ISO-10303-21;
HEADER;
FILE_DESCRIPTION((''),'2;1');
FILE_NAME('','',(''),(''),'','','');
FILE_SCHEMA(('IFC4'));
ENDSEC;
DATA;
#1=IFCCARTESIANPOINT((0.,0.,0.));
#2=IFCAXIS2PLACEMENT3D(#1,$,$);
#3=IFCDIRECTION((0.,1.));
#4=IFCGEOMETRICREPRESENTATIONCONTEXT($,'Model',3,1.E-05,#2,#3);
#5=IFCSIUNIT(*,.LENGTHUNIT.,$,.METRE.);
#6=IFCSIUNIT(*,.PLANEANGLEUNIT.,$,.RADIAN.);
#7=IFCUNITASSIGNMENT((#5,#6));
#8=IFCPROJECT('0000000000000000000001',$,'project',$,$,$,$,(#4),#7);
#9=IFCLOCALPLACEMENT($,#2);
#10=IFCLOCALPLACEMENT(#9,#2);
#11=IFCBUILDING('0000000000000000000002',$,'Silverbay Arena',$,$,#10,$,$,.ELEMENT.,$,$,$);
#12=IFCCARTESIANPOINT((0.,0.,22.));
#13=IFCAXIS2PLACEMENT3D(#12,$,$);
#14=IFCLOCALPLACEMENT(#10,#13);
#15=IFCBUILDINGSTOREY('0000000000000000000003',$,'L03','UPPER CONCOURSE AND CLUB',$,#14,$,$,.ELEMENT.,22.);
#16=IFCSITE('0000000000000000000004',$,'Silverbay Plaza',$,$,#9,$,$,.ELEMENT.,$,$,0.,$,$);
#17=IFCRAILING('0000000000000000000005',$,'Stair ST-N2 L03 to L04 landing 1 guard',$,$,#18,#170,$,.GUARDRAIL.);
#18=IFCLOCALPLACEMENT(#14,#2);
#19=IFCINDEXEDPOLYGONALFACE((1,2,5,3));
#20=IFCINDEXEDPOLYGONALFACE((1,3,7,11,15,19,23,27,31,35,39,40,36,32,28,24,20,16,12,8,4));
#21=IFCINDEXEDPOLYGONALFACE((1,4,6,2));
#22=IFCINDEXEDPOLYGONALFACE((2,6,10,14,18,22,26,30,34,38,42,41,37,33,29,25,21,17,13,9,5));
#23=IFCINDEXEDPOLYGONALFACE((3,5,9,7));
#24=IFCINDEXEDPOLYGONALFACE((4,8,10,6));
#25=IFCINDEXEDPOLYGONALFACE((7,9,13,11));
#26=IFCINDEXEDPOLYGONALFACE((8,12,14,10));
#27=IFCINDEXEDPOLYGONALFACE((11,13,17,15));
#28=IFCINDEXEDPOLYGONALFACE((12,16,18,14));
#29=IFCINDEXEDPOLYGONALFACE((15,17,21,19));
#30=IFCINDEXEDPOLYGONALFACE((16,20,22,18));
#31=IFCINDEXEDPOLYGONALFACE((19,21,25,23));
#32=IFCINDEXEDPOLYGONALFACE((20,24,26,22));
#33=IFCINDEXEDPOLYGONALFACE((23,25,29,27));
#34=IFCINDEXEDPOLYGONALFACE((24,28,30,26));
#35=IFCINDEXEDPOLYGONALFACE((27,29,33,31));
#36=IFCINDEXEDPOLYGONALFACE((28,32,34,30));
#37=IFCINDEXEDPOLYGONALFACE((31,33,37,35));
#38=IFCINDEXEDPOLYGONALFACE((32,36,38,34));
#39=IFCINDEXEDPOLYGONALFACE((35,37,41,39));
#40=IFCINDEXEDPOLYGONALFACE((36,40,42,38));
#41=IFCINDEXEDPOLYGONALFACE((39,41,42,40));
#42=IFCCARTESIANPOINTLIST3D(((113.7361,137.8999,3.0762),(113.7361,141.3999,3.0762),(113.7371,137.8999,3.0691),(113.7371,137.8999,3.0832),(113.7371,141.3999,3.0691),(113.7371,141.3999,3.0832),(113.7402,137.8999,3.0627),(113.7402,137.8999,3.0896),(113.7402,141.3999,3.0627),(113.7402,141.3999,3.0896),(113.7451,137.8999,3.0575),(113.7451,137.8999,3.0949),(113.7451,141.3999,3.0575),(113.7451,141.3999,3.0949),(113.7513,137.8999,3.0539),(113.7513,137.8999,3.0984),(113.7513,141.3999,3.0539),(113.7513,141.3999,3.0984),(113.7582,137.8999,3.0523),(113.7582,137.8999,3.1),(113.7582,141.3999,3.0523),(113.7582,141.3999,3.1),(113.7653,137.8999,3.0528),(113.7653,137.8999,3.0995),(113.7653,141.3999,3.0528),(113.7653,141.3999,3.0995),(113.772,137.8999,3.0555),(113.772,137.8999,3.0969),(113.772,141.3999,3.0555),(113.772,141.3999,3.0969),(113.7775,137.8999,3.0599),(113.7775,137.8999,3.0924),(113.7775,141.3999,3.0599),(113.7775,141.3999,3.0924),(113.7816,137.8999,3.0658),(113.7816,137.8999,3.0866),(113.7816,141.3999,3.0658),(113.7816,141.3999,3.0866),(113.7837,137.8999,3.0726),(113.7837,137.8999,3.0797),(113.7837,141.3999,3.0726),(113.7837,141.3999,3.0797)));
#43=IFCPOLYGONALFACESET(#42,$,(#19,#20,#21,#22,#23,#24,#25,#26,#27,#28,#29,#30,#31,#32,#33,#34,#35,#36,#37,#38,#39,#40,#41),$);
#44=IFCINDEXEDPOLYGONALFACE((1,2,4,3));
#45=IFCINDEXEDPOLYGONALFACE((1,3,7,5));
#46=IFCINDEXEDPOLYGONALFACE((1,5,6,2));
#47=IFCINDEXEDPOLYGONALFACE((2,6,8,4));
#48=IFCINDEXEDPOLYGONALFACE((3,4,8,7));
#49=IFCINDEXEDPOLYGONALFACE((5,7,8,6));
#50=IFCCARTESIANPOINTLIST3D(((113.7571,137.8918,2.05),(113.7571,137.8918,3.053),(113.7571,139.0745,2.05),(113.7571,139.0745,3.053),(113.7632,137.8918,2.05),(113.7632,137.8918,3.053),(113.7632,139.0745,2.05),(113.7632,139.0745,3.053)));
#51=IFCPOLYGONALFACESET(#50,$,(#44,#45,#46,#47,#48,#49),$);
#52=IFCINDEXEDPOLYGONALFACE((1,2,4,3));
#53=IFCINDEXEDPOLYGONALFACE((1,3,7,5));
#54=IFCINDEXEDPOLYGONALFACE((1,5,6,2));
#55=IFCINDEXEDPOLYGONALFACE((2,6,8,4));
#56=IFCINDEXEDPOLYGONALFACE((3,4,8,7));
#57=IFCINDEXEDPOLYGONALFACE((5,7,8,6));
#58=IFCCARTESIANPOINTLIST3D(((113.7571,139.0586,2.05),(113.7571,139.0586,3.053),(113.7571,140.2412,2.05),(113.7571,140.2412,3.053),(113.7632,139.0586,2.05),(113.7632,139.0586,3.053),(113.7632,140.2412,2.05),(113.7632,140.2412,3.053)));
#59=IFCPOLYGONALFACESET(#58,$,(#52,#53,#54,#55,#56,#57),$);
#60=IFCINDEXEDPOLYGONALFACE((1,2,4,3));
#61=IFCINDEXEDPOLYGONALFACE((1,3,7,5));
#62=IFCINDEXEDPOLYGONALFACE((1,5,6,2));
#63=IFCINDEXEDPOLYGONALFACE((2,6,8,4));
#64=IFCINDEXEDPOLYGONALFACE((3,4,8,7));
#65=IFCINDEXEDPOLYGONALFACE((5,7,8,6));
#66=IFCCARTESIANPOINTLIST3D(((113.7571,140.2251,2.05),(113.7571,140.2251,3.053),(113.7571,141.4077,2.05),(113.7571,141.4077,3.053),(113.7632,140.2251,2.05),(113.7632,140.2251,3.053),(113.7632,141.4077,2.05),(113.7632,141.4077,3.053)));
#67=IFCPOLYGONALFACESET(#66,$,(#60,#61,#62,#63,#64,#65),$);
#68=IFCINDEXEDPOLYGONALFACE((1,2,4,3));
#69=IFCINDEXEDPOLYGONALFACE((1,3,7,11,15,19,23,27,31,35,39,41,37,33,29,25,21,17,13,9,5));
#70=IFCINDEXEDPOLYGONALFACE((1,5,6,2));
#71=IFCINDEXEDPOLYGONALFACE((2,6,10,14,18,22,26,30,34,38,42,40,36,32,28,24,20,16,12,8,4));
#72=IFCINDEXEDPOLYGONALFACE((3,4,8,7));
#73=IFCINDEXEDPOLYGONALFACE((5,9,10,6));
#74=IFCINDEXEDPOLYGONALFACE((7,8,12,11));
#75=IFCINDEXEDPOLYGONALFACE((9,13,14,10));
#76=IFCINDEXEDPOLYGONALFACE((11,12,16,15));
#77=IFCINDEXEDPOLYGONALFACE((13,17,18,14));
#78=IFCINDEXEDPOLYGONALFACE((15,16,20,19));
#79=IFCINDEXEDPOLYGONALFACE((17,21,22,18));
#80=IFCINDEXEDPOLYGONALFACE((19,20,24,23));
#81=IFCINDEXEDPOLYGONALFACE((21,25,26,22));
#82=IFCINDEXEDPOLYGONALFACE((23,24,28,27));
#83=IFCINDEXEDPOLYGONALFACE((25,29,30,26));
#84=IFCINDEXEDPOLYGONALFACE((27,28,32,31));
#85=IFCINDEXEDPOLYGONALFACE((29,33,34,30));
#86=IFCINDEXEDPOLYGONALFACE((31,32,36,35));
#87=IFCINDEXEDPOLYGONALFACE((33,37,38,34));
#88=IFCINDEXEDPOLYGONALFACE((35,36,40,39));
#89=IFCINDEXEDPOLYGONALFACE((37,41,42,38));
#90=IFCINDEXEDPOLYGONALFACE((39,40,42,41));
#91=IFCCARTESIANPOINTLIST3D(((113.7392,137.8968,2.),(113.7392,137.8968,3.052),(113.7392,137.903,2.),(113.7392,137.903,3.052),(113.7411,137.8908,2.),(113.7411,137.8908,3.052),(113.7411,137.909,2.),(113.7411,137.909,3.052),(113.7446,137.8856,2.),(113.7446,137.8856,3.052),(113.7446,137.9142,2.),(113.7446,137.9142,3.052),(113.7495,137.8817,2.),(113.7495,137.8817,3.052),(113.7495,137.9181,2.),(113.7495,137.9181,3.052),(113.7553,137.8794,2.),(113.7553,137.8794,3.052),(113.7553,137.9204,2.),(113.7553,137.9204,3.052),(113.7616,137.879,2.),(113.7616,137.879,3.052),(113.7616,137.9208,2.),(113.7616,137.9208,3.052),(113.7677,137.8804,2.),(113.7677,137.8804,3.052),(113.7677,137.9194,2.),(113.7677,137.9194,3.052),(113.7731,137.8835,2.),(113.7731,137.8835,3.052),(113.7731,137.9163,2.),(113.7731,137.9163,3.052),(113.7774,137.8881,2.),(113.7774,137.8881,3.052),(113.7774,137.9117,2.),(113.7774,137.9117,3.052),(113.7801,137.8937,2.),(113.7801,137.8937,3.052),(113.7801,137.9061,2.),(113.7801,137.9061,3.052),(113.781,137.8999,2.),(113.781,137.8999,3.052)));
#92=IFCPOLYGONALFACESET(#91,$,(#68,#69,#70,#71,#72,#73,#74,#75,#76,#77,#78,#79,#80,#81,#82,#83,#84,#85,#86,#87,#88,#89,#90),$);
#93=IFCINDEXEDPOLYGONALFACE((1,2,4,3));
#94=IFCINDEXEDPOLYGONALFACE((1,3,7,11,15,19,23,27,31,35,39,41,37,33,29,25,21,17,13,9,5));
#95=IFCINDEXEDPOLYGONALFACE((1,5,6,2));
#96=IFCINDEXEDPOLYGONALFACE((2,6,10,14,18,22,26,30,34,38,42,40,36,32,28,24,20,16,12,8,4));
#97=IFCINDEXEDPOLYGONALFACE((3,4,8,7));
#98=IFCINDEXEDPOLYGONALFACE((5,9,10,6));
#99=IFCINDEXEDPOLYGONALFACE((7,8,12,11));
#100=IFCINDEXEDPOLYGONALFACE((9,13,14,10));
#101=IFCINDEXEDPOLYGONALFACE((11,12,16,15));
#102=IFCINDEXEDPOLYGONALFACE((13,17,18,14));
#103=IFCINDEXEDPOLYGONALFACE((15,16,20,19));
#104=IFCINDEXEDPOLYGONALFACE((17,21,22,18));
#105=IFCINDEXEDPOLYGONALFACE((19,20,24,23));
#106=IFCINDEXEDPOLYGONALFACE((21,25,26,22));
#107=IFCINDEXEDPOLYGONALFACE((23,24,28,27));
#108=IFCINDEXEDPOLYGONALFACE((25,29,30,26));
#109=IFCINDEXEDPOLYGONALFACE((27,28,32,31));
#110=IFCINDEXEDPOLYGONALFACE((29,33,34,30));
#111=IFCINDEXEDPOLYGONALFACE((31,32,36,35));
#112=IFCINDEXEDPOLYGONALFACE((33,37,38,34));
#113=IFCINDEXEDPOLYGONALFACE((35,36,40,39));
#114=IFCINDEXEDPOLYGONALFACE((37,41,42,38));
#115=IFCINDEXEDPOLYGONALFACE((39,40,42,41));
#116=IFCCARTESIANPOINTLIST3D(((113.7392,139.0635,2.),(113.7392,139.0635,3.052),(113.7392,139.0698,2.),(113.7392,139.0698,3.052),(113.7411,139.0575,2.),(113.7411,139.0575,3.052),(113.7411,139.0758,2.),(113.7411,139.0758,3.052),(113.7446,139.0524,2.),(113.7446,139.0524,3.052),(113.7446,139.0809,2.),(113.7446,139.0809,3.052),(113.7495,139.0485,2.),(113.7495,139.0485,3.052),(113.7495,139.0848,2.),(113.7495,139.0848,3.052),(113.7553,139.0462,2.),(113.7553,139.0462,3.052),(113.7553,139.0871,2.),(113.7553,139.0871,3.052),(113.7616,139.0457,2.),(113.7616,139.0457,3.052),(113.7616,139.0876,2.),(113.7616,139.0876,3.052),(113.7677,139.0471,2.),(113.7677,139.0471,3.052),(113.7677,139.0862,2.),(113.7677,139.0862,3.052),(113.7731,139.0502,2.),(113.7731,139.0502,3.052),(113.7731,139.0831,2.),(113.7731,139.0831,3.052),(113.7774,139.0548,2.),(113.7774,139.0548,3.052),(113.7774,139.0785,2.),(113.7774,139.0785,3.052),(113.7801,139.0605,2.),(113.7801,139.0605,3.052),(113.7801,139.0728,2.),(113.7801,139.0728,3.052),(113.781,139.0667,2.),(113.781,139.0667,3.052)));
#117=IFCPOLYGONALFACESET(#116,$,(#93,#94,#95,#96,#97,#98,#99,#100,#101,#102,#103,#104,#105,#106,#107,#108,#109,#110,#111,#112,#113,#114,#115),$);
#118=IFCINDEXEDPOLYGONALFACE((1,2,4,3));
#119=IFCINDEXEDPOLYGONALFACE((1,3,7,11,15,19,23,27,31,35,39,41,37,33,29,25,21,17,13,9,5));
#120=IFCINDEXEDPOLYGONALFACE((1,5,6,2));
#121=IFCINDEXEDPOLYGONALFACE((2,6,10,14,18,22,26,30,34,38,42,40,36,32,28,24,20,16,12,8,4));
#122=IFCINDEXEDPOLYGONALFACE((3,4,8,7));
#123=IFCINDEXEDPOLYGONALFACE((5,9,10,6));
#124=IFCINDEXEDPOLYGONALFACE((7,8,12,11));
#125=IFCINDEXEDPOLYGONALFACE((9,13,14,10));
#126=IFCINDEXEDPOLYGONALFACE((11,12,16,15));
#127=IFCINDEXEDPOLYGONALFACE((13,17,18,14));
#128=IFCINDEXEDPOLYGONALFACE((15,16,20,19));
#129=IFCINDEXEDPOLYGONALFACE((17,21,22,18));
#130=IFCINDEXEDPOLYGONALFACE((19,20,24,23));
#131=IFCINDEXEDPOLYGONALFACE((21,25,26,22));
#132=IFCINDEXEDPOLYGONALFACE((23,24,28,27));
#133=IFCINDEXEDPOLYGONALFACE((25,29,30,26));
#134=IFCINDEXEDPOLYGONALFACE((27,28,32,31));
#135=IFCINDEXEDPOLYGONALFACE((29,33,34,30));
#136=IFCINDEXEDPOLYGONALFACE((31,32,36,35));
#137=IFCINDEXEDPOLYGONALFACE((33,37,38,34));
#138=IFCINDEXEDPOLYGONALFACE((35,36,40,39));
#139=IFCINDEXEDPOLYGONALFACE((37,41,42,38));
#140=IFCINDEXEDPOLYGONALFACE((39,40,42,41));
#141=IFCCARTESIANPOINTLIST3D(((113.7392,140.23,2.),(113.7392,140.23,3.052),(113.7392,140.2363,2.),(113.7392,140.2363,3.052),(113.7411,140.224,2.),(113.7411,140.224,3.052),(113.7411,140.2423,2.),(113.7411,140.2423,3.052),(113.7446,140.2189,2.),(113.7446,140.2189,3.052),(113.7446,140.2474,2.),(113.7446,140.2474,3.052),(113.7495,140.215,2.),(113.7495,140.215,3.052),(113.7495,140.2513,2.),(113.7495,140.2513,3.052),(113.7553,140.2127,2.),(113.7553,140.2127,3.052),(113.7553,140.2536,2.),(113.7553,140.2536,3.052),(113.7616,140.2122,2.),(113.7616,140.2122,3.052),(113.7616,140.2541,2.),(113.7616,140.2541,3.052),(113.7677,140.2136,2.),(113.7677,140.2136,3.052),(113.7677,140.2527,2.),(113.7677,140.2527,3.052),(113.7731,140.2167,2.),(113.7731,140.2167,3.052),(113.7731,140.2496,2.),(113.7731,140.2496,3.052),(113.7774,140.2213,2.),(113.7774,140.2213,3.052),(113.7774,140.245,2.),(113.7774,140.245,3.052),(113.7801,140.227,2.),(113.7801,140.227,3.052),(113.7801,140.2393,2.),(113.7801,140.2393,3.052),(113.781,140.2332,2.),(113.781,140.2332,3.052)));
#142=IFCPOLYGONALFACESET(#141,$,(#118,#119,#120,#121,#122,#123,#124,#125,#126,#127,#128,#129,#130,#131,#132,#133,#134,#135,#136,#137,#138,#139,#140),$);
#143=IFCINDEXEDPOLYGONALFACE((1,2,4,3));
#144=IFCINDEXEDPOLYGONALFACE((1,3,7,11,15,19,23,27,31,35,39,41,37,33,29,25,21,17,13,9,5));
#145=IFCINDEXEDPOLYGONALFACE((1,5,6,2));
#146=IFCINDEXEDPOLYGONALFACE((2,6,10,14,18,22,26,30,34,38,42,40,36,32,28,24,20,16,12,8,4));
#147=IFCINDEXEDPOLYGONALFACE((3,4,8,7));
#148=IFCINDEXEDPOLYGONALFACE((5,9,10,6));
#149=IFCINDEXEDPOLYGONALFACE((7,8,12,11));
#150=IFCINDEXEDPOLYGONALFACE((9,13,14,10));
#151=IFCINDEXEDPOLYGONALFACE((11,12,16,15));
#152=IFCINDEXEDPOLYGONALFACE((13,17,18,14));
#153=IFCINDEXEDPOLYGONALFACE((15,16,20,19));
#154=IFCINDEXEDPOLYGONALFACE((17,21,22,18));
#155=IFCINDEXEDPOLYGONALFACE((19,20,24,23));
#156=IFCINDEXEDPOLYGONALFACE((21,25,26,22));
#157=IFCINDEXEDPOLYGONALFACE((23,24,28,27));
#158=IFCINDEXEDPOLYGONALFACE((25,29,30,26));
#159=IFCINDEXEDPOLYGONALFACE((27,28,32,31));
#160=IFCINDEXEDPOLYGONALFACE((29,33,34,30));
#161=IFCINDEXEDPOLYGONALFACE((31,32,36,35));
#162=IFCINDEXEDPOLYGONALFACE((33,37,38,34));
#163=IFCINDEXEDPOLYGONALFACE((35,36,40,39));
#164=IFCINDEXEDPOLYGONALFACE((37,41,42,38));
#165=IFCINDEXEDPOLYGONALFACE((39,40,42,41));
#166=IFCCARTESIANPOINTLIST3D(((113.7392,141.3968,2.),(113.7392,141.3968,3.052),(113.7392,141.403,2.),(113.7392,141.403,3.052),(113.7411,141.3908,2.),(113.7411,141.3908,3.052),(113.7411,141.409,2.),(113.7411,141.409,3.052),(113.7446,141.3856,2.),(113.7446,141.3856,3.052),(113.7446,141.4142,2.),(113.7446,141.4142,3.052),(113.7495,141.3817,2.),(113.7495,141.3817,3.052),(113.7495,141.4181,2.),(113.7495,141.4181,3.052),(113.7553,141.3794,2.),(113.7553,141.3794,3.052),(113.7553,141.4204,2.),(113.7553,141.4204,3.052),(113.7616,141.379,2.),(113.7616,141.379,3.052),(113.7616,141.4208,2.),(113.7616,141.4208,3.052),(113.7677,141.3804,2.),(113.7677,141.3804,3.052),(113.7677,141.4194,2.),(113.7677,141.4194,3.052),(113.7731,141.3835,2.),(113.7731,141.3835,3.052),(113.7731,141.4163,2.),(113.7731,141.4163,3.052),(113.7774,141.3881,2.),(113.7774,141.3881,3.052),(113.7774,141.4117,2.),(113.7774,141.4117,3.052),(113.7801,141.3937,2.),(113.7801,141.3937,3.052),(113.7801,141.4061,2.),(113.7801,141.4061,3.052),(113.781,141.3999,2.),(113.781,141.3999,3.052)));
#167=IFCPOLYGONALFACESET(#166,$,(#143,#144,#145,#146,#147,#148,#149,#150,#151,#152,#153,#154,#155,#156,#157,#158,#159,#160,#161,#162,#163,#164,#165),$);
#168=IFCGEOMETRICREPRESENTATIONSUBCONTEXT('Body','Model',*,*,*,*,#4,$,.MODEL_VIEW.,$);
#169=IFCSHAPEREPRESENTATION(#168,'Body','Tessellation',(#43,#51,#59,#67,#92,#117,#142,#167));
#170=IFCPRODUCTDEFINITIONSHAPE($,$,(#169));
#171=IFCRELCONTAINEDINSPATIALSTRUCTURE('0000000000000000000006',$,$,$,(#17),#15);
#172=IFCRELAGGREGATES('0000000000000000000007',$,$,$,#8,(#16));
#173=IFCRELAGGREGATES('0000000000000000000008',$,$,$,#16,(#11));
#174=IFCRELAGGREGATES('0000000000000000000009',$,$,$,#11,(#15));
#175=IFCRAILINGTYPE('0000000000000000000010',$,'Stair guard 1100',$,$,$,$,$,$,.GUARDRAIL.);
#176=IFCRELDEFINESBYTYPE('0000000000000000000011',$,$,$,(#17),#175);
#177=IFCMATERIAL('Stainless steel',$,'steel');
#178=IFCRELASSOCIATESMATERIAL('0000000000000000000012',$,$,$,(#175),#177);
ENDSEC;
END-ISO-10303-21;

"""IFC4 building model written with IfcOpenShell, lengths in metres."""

from ifc_helpers import new_model, si_unit, direction, frame, origin, origin_2d, place, context, subcontext, project, spatial, polyline, circle, outline, extrude, material, type_object, element, save


model = new_model("IFC4")

# Units and contexts
model_context = context("Model", 3, precision=1e-05, world=origin(), true_north=direction((0.0, 1.0)))
body_context = subcontext(model_context, "Body", "Model", "MODEL_VIEW")
ifc_project = project(units=[si_unit("LENGTHUNIT", "METRE"), si_unit("PLANEANGLEUNIT", "RADIAN")], contexts=[model_context])

# Site, building, storey
site_placement = place(None, origin())
site = spatial("IfcSite", under=ifc_project, at=site_placement, Name="Silverbay Plaza", CompositionType="ELEMENT", RefElevation=0.0)
building_placement = place(site_placement, origin())
building = spatial("IfcBuilding", under=site, at=building_placement, Name="Silverbay Arena", CompositionType="ELEMENT")
storey_placement = place(building_placement, frame((0.0, 0.0, 22.0)))
storey = spatial("IfcBuildingStorey", under=building, at=storey_placement, Name="L03", Description="UPPER CONCOURSE AND CLUB", CompositionType="ELEMENT", Elevation=22.0)

# Railing
ifc_material_1 = material(Name="Stainless steel", Category="steel")
railing_type_1 = type_object("IfcRailingType", Name="Stair guard 1100", PredefinedType="GUARDRAIL", material=ifc_material_1)
for number, where, name in (
    (1, (113.76, 137.8999, 2.0), "Stair ST-N2 L03 to L04 landing 1 guard"),
):
    element("IfcRailing", number, at=place(storey_placement, frame(where)), inside=storey, type_object=railing_type_1, Name=name, PredefinedType="GUARDRAIL", context=body_context, shape_type="SweptSolid", body=[
        extrude(circle(Radius=0.0239, at=origin_2d()), frame((0.0, 0.0, 1.0762), z_axis=(0.0, 1.0, 0.0), x_axis=(-1.0, 0.0, 0.0)), (0.0, 0.0, 1.0), 3.5),
        extrude(outline(polyline([(-0.0081, 0.05), (1.1746, 0.05), (1.1746, 1.053), (-0.0081, 1.053), (-0.0081, 0.05)])), frame((-0.0029, 0.0, 0.0), z_axis=(1.0, 0.0, 0.0), x_axis=(0.0, 1.0, 0.0)), (0.0, 0.0, 1.0), 0.0061),
        extrude(outline(polyline([(-0.0081, 0.05), (1.1746, 0.05), (1.1746, 1.053), (-0.0081, 1.053), (-0.0081, 0.05)])), frame((-0.0029, 1.1667, 0.0), z_axis=(1.0, 0.0, 0.0), x_axis=(0.0, 1.0, 0.0)), (0.0, 0.0, 1.0), 0.0061),
        extrude(outline(polyline([(-0.0081, 0.05), (1.1746, 0.05), (1.1746, 1.053), (-0.0081, 1.053), (-0.0081, 0.05)])), frame((-0.0029, 2.3333, 0.0), z_axis=(1.0, 0.0, 0.0), x_axis=(0.0, 1.0, 0.0)), (0.0, 0.0, 1.0), 0.0061),
        extrude(circle(Radius=0.021, at=origin_2d()), origin(), (0.0, 0.0, 1.0), 1.052),
        extrude(circle(Radius=0.021, at=origin_2d()), frame((0.0, 1.1667, 0.0)), (0.0, 0.0, 1.0), 1.052),
        extrude(circle(Radius=0.021, at=origin_2d()), frame((0.0, 2.3333, 0.0)), (0.0, 0.0, 1.0), 1.052),
        extrude(circle(Radius=0.021, at=origin_2d()), frame((0.0, 3.5, 0.0)), (0.0, 0.0, 1.0), 1.052),
    ])

save(model, "model.ifc")
